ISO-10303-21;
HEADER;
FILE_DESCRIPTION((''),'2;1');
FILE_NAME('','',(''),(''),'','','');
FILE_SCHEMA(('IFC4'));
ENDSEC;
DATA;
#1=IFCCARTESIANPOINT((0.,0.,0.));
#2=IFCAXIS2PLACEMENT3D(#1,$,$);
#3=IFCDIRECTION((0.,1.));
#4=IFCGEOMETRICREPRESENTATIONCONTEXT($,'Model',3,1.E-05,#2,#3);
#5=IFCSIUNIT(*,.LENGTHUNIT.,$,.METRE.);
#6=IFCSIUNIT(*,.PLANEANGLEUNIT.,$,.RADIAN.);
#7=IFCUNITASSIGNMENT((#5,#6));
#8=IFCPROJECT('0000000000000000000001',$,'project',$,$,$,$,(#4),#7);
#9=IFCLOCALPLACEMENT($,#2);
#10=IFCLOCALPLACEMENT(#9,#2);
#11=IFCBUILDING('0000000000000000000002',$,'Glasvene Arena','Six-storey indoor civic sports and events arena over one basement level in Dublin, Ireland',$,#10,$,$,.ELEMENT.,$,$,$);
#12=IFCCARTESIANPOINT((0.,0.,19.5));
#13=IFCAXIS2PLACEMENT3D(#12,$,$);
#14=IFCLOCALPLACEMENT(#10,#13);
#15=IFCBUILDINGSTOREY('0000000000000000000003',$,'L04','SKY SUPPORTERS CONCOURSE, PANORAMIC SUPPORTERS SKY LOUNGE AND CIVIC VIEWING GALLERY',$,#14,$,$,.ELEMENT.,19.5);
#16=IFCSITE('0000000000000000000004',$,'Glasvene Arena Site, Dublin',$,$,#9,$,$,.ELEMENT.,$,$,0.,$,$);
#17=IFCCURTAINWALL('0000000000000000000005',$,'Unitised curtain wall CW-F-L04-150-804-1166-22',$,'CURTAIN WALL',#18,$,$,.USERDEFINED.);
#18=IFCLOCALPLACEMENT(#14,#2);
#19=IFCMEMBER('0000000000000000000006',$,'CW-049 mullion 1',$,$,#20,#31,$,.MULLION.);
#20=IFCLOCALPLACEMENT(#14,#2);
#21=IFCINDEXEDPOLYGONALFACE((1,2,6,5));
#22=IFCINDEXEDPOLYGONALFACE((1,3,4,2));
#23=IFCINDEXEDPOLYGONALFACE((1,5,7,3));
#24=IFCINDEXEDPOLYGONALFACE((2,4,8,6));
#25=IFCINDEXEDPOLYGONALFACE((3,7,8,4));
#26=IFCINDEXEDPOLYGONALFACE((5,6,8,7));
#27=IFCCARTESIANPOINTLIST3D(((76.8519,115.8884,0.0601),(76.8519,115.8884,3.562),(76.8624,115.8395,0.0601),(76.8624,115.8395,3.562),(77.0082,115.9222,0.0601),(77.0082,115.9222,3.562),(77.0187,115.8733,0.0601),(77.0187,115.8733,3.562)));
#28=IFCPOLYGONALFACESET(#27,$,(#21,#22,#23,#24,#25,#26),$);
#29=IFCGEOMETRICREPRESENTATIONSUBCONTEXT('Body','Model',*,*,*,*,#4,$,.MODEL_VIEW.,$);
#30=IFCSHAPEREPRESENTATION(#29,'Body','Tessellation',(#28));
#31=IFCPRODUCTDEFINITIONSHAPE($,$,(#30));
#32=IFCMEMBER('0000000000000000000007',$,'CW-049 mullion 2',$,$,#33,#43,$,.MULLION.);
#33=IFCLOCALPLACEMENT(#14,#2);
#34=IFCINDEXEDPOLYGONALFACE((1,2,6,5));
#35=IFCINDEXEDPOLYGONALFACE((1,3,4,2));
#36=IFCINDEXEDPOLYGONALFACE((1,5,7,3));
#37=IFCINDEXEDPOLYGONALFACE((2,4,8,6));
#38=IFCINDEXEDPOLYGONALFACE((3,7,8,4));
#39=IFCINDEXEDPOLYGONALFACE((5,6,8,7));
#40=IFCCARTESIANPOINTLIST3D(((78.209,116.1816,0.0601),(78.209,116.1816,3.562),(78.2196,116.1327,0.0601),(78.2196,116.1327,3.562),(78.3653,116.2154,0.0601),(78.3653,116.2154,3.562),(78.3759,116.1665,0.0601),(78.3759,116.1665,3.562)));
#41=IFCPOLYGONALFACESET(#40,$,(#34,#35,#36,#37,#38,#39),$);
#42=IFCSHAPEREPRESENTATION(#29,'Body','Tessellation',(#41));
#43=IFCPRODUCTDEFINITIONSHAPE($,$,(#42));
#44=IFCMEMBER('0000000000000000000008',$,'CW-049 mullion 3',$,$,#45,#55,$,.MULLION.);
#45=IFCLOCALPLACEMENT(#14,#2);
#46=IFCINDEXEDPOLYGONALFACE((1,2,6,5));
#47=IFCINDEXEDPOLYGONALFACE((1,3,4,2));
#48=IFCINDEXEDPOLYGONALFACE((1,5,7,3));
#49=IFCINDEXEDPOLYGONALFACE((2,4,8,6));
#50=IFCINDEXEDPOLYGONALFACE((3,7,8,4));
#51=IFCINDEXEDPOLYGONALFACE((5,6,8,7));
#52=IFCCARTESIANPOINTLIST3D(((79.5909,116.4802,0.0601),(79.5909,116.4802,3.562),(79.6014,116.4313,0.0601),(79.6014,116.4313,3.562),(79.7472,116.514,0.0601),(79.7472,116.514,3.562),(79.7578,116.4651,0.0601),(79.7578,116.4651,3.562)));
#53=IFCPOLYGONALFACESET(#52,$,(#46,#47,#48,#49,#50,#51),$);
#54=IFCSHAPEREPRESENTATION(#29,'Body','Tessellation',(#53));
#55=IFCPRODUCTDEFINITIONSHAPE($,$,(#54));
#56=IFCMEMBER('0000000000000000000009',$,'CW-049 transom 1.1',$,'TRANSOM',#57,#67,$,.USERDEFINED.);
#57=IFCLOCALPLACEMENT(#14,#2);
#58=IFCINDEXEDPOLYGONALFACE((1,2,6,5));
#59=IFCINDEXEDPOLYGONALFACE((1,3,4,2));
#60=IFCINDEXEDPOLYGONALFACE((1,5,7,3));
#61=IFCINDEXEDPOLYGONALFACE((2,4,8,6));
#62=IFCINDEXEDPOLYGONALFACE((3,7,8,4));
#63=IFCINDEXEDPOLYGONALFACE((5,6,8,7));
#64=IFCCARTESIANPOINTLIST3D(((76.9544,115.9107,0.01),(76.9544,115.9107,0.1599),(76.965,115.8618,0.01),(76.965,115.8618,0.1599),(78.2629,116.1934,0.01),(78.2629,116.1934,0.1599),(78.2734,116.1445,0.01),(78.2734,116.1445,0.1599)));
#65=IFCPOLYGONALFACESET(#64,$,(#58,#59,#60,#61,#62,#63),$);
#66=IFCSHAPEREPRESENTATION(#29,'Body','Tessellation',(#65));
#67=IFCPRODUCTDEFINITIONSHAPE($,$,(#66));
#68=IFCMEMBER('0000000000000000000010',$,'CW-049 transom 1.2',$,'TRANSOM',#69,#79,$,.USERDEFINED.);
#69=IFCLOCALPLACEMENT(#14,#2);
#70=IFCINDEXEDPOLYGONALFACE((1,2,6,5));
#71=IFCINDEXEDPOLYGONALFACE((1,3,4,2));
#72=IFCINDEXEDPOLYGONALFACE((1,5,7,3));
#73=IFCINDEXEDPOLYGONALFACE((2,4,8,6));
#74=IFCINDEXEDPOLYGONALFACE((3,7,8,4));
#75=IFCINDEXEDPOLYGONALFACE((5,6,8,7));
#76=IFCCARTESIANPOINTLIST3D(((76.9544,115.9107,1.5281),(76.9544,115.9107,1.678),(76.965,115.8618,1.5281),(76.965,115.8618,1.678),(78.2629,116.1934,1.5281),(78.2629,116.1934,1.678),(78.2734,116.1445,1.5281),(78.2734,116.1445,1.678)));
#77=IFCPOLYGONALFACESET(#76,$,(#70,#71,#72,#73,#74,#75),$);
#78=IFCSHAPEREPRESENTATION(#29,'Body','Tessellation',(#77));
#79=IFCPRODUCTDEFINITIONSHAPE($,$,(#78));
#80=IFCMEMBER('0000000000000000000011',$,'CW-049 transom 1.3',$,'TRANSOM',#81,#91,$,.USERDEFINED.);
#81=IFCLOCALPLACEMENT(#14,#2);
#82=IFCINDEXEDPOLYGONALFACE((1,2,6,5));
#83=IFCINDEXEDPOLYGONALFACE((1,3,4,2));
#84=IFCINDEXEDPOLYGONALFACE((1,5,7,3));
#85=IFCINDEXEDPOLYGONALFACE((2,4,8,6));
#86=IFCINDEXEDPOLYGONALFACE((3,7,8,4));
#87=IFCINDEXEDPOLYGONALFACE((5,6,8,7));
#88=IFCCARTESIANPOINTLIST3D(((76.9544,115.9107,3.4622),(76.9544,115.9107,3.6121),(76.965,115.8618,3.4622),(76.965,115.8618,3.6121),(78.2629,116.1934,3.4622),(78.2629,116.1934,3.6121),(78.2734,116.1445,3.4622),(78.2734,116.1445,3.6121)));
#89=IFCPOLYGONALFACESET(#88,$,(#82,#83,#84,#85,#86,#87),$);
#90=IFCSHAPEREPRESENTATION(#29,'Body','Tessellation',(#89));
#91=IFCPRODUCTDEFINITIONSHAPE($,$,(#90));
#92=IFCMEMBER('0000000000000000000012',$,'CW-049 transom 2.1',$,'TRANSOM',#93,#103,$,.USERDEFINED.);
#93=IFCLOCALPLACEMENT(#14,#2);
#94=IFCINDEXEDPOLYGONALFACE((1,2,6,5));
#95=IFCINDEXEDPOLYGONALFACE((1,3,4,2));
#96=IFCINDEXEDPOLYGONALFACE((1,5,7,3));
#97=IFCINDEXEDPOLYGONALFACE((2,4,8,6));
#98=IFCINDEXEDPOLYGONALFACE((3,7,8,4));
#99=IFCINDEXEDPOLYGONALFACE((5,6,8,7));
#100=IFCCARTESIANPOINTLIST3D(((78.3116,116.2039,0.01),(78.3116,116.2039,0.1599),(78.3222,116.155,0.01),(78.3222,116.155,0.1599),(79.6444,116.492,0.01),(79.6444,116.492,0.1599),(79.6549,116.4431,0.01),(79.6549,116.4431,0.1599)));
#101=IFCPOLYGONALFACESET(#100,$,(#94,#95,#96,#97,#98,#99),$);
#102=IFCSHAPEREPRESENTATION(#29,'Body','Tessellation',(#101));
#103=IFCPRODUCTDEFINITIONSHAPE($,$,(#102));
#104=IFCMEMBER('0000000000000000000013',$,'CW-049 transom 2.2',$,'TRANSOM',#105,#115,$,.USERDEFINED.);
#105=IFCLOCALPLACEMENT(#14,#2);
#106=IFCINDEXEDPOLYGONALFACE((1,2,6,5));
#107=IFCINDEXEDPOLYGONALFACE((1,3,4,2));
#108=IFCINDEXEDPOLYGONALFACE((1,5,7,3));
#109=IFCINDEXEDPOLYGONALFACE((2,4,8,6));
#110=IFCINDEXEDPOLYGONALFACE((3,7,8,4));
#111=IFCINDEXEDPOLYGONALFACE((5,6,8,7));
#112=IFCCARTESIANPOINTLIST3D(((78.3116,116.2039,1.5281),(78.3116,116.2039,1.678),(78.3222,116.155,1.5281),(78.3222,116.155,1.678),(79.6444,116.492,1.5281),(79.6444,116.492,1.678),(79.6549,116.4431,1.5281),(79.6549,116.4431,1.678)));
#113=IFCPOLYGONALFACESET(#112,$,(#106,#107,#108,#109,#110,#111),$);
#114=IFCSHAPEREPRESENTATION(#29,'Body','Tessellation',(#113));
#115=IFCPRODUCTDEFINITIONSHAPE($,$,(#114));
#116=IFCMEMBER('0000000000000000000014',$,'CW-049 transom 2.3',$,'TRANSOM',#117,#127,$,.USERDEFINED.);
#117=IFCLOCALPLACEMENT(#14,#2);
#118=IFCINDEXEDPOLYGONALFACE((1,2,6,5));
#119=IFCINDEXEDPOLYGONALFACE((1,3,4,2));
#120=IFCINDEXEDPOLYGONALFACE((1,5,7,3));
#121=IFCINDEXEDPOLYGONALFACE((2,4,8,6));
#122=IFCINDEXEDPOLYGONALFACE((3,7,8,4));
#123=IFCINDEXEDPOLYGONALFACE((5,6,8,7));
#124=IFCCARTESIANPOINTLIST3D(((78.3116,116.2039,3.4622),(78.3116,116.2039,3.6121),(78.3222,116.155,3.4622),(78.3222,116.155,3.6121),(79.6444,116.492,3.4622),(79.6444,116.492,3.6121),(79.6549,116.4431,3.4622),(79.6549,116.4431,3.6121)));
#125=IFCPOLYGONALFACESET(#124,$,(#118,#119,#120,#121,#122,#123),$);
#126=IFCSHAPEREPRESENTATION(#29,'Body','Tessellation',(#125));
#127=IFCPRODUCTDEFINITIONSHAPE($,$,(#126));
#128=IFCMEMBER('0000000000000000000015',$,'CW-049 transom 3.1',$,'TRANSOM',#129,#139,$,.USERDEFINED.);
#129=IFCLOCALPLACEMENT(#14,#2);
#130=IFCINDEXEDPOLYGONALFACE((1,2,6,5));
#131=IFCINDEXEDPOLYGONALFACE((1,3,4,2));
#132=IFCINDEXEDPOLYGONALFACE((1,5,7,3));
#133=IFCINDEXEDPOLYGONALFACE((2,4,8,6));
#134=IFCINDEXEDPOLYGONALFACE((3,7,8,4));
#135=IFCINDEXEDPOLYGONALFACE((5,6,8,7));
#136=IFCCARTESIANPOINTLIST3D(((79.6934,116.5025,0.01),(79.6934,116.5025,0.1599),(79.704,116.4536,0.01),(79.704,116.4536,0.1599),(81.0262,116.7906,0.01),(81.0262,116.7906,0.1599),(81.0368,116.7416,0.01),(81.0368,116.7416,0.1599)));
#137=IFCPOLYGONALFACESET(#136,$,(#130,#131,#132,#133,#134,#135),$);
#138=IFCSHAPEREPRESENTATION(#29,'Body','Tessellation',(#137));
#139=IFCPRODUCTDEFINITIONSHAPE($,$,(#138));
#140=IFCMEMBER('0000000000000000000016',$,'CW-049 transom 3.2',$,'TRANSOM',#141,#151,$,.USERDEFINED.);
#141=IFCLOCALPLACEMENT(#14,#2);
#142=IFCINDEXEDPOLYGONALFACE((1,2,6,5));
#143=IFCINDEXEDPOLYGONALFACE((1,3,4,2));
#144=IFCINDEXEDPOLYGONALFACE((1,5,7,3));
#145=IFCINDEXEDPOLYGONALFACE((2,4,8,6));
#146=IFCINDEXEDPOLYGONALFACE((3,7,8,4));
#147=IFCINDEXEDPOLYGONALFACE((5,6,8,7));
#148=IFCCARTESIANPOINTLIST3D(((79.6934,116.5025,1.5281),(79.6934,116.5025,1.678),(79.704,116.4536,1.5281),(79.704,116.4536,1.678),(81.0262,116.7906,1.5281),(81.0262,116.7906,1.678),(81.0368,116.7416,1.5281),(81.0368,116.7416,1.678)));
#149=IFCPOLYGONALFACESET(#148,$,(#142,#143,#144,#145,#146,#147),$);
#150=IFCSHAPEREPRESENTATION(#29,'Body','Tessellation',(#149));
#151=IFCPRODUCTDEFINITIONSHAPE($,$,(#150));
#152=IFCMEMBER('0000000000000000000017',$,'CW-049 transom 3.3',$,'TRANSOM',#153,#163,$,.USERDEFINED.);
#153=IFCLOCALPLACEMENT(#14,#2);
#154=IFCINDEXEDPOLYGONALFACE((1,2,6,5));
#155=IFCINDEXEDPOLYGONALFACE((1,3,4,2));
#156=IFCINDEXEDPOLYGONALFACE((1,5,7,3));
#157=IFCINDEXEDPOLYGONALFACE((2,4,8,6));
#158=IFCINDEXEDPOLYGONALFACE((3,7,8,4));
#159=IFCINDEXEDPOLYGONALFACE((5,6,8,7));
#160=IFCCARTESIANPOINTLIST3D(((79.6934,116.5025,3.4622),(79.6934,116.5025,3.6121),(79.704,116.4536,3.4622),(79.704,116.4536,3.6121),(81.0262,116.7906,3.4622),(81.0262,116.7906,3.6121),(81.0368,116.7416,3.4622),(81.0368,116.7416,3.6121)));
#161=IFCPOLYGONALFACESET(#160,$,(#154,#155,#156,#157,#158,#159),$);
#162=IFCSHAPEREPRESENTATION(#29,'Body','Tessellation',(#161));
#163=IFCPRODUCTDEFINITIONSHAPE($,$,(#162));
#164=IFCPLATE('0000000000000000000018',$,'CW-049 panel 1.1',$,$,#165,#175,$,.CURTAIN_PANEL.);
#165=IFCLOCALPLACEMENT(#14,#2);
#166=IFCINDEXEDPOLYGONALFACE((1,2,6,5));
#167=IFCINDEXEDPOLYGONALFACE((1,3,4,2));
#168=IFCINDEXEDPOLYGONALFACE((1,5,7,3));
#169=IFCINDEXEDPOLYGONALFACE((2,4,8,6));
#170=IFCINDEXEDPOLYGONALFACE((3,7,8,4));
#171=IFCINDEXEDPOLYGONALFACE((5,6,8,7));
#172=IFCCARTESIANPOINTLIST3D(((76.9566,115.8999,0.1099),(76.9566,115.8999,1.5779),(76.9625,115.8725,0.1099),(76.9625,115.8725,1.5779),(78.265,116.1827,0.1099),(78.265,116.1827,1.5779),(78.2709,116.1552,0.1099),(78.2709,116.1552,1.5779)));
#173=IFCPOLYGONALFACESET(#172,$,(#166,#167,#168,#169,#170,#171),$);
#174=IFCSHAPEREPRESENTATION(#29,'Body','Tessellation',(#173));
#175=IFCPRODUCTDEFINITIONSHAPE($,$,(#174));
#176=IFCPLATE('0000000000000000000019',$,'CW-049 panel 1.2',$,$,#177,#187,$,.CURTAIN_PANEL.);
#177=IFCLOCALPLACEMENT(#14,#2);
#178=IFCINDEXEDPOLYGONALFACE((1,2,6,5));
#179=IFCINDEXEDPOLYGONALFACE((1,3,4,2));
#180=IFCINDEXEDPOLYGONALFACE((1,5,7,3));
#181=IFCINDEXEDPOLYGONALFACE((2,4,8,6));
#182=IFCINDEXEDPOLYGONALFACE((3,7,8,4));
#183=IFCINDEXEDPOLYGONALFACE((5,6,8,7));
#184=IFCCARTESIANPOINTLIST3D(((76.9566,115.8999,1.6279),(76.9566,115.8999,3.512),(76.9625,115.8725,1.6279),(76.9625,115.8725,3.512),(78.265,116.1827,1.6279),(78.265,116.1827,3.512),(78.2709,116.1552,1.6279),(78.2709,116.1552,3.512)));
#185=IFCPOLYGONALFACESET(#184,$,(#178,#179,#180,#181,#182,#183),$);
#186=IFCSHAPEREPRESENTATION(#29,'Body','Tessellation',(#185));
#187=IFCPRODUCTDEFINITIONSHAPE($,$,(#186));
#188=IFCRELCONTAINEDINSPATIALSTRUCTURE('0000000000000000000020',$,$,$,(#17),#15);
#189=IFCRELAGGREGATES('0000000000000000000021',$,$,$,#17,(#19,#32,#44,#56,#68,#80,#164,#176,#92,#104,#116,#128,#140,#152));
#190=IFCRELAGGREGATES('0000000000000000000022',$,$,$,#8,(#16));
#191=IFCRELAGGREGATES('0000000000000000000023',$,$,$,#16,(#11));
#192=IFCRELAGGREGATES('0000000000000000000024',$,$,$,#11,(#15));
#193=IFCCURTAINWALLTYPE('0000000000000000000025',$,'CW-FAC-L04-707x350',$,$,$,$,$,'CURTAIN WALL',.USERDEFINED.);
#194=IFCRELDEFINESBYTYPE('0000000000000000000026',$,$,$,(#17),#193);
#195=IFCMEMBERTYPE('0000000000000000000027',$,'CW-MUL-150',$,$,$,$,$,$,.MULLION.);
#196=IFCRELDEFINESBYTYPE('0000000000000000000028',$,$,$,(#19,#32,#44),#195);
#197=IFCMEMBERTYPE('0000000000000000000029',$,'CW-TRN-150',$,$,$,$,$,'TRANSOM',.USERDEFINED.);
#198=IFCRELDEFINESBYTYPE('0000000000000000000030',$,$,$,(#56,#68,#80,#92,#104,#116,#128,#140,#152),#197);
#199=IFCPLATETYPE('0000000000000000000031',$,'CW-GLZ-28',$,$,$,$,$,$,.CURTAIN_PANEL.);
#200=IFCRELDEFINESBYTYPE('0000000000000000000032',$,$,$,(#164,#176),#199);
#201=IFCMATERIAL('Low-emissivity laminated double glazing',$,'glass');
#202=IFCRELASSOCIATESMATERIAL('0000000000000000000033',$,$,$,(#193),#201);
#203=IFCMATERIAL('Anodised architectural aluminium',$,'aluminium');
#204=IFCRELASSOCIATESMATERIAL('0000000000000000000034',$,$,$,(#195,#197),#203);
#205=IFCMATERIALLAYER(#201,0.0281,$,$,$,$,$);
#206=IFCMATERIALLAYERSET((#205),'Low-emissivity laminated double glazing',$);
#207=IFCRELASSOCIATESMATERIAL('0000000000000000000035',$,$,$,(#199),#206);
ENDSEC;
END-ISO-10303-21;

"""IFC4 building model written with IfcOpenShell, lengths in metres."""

from ifc_helpers import new_model, si_unit, direction, frame, origin, origin_2d, place, context, subcontext, project, spatial, rectangle, extrude, material, layer, layer_set, material_profile, profile_set, type_object, element, aggregate, save


model = new_model("IFC4")

# Units and contexts
model_context = context("Model", 3, precision=1e-05, world=origin(), true_north=direction((0.0, 1.0)))
body_context = subcontext(model_context, "Body", "Model", "MODEL_VIEW")
ifc_project = project(units=[si_unit("LENGTHUNIT", "METRE"), si_unit("PLANEANGLEUNIT", "RADIAN")], contexts=[model_context])

# Site, building, storey
site_placement = place(None, origin())
site = spatial("IfcSite", under=ifc_project, at=site_placement, Name="Glasvene Arena Site, Dublin", CompositionType="ELEMENT", RefElevation=0.0)
building_placement = place(site_placement, origin())
building = spatial("IfcBuilding", under=site, at=building_placement, Name="Glasvene Arena", Description="Six-storey indoor civic sports and events arena over one basement level in Dublin, Ireland", CompositionType="ELEMENT")
storey_placement = place(building_placement, frame((0.0, 0.0, 19.5)))
storey = spatial("IfcBuildingStorey", under=building, at=storey_placement, Name="L04", Description="SKY SUPPORTERS CONCOURSE, PANORAMIC SUPPORTERS SKY LOUNGE AND CIVIC VIEWING GALLERY", CompositionType="ELEMENT", Elevation=19.5)

# Curtain wall, members, plates
ifc_material_1 = material(Name="Low-emissivity laminated double glazing", Category="glass")
curtain_wall_type = type_object("IfcCurtainWallType", Name="CW-FAC-L04-707x350", ElementType="CURTAIN WALL", PredefinedType="USERDEFINED", material=ifc_material_1)
curtain_wall_placement = place(storey_placement, frame((76.9109, 115.8755, 0.0)))
curtain_wall = element("IfcCurtainWall", 1, at=curtain_wall_placement, inside=storey, type_object=curtain_wall_type, Name="Unitised curtain wall CW-F-L04-150-804-1166-22", ObjectType="CURTAIN WALL", PredefinedType="USERDEFINED")
ifc_material_2 = material(Name="Anodised architectural aluminium", Category="aluminium")
ifc_material_profile_1 = material_profile(ifc_material_2, rectangle(XDim=0.05, YDim=0.1599, at=origin_2d()), Name="ALU MULLION 50x160")
ifc_profile_set_1 = profile_set([ifc_material_profile_1], Name="Anodised architectural aluminium")
member_type_1 = type_object("IfcMemberType", Name="CW-MUL-150", PredefinedType="MULLION", material=ifc_profile_set_1)
member_1_placement = place(storey_placement, frame((76.9353, 115.8809, 0.0601), z_axis=(0.0, 0.0, 1.0), x_axis=(-0.211221, 0.977438, 0.0)))
member_1 = element("IfcMember", 2, at=member_1_placement, type_object=member_type_1, Name="CW-049 mullion 1", PredefinedType="MULLION", context=body_context, shape_type="SweptSolid", body=[
    extrude(rectangle(XDim=0.05, YDim=0.1599, at=origin_2d()), origin(), (0.0, 0.0, 1.0), 3.502),
])
member_2_placement = place(storey_placement, frame((78.2925, 116.1741, 0.0601), z_axis=(0.0, 0.0, 1.0), x_axis=(-0.211221, 0.977438, 0.0)))
member_2 = element("IfcMember", 3, at=member_2_placement, type_object=member_type_1, Name="CW-049 mullion 2", PredefinedType="MULLION", context=body_context, shape_type="SweptSolid", body=[
    extrude(rectangle(XDim=0.05, YDim=0.1599, at=origin_2d()), origin(), (0.0, 0.0, 1.0), 3.502),
])
member_3_placement = place(storey_placement, frame((79.6743, 116.4727, 0.0601), z_axis=(0.0, 0.0, 1.0), x_axis=(-0.211221, 0.977438, 0.0)))
member_3 = element("IfcMember", 4, at=member_3_placement, type_object=member_type_1, Name="CW-049 mullion 3", PredefinedType="MULLION", context=body_context, shape_type="SweptSolid", body=[
    extrude(rectangle(XDim=0.05, YDim=0.1599, at=origin_2d()), origin(), (0.0, 0.0, 1.0), 3.502),
])
ifc_material_profile_2 = material_profile(ifc_material_2, rectangle(XDim=0.05, YDim=0.1499, at=origin_2d()), Name="ALU TRANSOM 50x150")
ifc_profile_set_2 = profile_set([ifc_material_profile_2], Name="Anodised architectural aluminium")
member_type_2 = type_object("IfcMemberType", Name="CW-TRN-150", ElementType="TRANSOM", PredefinedType="USERDEFINED", material=ifc_profile_set_2)
member_4_placement = place(storey_placement, frame((76.9597, 115.8862, 0.085), z_axis=(0.977441, 0.21121, 0.0), x_axis=(-0.21121, 0.977441, 0.0)))
member_4 = element("IfcMember", 5, at=member_4_placement, type_object=member_type_2, Name="CW-049 transom 1.1", ObjectType="TRANSOM", PredefinedType="USERDEFINED", context=body_context, shape_type="SweptSolid", body=[
    extrude(rectangle(XDim=0.05, YDim=0.1499, at=origin_2d()), origin(), (0.0, 0.0, 1.0), 1.3386),
])
member_5_placement = place(storey_placement, frame((76.9597, 115.8862, 1.603), z_axis=(0.977441, 0.21121, 0.0), x_axis=(-0.21121, 0.977441, 0.0)))
member_5 = element("IfcMember", 6, at=member_5_placement, type_object=member_type_2, Name="CW-049 transom 1.2", ObjectType="TRANSOM", PredefinedType="USERDEFINED", context=body_context, shape_type="SweptSolid", body=[
    extrude(rectangle(XDim=0.05, YDim=0.1499, at=origin_2d()), origin(), (0.0, 0.0, 1.0), 1.3386),
])
member_6_placement = place(storey_placement, frame((76.9597, 115.8862, 3.5371), z_axis=(0.977441, 0.21121, 0.0), x_axis=(-0.21121, 0.977441, 0.0)))
member_6 = element("IfcMember", 7, at=member_6_placement, type_object=member_type_2, Name="CW-049 transom 1.3", ObjectType="TRANSOM", PredefinedType="USERDEFINED", context=body_context, shape_type="SweptSolid", body=[
    extrude(rectangle(XDim=0.05, YDim=0.1499, at=origin_2d()), origin(), (0.0, 0.0, 1.0), 1.3386),
])
member_7_placement = place(storey_placement, frame((78.3169, 116.1794, 0.085), z_axis=(0.977426, 0.211277, 0.0), x_axis=(-0.211277, 0.977426, 0.0)))
member_7 = element("IfcMember", 8, at=member_7_placement, type_object=member_type_2, Name="CW-049 transom 2.1", ObjectType="TRANSOM", PredefinedType="USERDEFINED", context=body_context, shape_type="SweptSolid", body=[
    extrude(rectangle(XDim=0.05, YDim=0.1499, at=origin_2d()), origin(), (0.0, 0.0, 1.0), 1.3635),
])
member_8_placement = place(storey_placement, frame((78.3169, 116.1794, 1.603), z_axis=(0.977426, 0.211277, 0.0), x_axis=(-0.211277, 0.977426, 0.0)))
member_8 = element("IfcMember", 9, at=member_8_placement, type_object=member_type_2, Name="CW-049 transom 2.2", ObjectType="TRANSOM", PredefinedType="USERDEFINED", context=body_context, shape_type="SweptSolid", body=[
    extrude(rectangle(XDim=0.05, YDim=0.1499, at=origin_2d()), origin(), (0.0, 0.0, 1.0), 1.3635),
])
member_9_placement = place(storey_placement, frame((78.3169, 116.1794, 3.5371), z_axis=(0.977426, 0.211277, 0.0), x_axis=(-0.211277, 0.977426, 0.0)))
member_9 = element("IfcMember", 10, at=member_9_placement, type_object=member_type_2, Name="CW-049 transom 2.3", ObjectType="TRANSOM", PredefinedType="USERDEFINED", context=body_context, shape_type="SweptSolid", body=[
    extrude(rectangle(XDim=0.05, YDim=0.1499, at=origin_2d()), origin(), (0.0, 0.0, 1.0), 1.3635),
])
member_10_placement = place(storey_placement, frame((79.6987, 116.478, 0.085), z_axis=(0.977426, 0.211277, 0.0), x_axis=(-0.211277, 0.977426, 0.0)))
member_10 = element("IfcMember", 11, at=member_10_placement, type_object=member_type_2, Name="CW-049 transom 3.1", ObjectType="TRANSOM", PredefinedType="USERDEFINED", context=body_context, shape_type="SweptSolid", body=[
    extrude(rectangle(XDim=0.05, YDim=0.1499, at=origin_2d()), origin(), (0.0, 0.0, 1.0), 1.3635),
])
member_11_placement = place(storey_placement, frame((79.6987, 116.478, 1.603), z_axis=(0.977426, 0.211277, 0.0), x_axis=(-0.211277, 0.977426, 0.0)))
member_11 = element("IfcMember", 12, at=member_11_placement, type_object=member_type_2, Name="CW-049 transom 3.2", ObjectType="TRANSOM", PredefinedType="USERDEFINED", context=body_context, shape_type="SweptSolid", body=[
    extrude(rectangle(XDim=0.05, YDim=0.1499, at=origin_2d()), origin(), (0.0, 0.0, 1.0), 1.3635),
])
member_12_placement = place(storey_placement, frame((79.6987, 116.478, 3.5371), z_axis=(0.977426, 0.211277, 0.0), x_axis=(-0.211277, 0.977426, 0.0)))
member_12 = element("IfcMember", 13, at=member_12_placement, type_object=member_type_2, Name="CW-049 transom 3.3", ObjectType="TRANSOM", PredefinedType="USERDEFINED", context=body_context, shape_type="SweptSolid", body=[
    extrude(rectangle(XDim=0.05, YDim=0.1499, at=origin_2d()), origin(), (0.0, 0.0, 1.0), 1.3635),
])
ifc_layer = layer(ifc_material_1, 0.0281)
ifc_layer_set = layer_set([ifc_layer], Name="Low-emissivity laminated double glazing")
plate_type = type_object("IfcPlateType", Name="CW-GLZ-28", PredefinedType="CURTAIN_PANEL", material=ifc_layer_set)
plate_1_placement = place(storey_placement, frame((77.6138, 116.0276, 0.1099), z_axis=(0.0, 0.0, 1.0), x_axis=(0.977438, 0.211221, 0.0)))
plate_1 = element("IfcPlate", 14, at=plate_1_placement, type_object=plate_type, Name="CW-049 panel 1.1", PredefinedType="CURTAIN_PANEL", context=body_context, shape_type="SweptSolid", body=[
    extrude(rectangle(XDim=1.3386, YDim=0.0281, at=origin_2d()), origin(), (0.0, 0.0, 1.0), 1.468),
])
plate_2_placement = place(storey_placement, frame((77.6138, 116.0276, 1.6279), z_axis=(0.0, 0.0, 1.0), x_axis=(0.977438, 0.211221, 0.0)))
plate_2 = element("IfcPlate", 15, at=plate_2_placement, type_object=plate_type, Name="CW-049 panel 1.2", PredefinedType="CURTAIN_PANEL", context=body_context, shape_type="SweptSolid", body=[
    extrude(rectangle(XDim=1.3386, YDim=0.0281, at=origin_2d()), origin(), (0.0, 0.0, 1.0), 1.884),
])
aggregate(curtain_wall, [member_1, member_2, member_3, member_4, member_5, member_6, plate_1, plate_2, member_7, member_8, member_9, member_10, member_11, member_12])

save(model, "model.ifc")
